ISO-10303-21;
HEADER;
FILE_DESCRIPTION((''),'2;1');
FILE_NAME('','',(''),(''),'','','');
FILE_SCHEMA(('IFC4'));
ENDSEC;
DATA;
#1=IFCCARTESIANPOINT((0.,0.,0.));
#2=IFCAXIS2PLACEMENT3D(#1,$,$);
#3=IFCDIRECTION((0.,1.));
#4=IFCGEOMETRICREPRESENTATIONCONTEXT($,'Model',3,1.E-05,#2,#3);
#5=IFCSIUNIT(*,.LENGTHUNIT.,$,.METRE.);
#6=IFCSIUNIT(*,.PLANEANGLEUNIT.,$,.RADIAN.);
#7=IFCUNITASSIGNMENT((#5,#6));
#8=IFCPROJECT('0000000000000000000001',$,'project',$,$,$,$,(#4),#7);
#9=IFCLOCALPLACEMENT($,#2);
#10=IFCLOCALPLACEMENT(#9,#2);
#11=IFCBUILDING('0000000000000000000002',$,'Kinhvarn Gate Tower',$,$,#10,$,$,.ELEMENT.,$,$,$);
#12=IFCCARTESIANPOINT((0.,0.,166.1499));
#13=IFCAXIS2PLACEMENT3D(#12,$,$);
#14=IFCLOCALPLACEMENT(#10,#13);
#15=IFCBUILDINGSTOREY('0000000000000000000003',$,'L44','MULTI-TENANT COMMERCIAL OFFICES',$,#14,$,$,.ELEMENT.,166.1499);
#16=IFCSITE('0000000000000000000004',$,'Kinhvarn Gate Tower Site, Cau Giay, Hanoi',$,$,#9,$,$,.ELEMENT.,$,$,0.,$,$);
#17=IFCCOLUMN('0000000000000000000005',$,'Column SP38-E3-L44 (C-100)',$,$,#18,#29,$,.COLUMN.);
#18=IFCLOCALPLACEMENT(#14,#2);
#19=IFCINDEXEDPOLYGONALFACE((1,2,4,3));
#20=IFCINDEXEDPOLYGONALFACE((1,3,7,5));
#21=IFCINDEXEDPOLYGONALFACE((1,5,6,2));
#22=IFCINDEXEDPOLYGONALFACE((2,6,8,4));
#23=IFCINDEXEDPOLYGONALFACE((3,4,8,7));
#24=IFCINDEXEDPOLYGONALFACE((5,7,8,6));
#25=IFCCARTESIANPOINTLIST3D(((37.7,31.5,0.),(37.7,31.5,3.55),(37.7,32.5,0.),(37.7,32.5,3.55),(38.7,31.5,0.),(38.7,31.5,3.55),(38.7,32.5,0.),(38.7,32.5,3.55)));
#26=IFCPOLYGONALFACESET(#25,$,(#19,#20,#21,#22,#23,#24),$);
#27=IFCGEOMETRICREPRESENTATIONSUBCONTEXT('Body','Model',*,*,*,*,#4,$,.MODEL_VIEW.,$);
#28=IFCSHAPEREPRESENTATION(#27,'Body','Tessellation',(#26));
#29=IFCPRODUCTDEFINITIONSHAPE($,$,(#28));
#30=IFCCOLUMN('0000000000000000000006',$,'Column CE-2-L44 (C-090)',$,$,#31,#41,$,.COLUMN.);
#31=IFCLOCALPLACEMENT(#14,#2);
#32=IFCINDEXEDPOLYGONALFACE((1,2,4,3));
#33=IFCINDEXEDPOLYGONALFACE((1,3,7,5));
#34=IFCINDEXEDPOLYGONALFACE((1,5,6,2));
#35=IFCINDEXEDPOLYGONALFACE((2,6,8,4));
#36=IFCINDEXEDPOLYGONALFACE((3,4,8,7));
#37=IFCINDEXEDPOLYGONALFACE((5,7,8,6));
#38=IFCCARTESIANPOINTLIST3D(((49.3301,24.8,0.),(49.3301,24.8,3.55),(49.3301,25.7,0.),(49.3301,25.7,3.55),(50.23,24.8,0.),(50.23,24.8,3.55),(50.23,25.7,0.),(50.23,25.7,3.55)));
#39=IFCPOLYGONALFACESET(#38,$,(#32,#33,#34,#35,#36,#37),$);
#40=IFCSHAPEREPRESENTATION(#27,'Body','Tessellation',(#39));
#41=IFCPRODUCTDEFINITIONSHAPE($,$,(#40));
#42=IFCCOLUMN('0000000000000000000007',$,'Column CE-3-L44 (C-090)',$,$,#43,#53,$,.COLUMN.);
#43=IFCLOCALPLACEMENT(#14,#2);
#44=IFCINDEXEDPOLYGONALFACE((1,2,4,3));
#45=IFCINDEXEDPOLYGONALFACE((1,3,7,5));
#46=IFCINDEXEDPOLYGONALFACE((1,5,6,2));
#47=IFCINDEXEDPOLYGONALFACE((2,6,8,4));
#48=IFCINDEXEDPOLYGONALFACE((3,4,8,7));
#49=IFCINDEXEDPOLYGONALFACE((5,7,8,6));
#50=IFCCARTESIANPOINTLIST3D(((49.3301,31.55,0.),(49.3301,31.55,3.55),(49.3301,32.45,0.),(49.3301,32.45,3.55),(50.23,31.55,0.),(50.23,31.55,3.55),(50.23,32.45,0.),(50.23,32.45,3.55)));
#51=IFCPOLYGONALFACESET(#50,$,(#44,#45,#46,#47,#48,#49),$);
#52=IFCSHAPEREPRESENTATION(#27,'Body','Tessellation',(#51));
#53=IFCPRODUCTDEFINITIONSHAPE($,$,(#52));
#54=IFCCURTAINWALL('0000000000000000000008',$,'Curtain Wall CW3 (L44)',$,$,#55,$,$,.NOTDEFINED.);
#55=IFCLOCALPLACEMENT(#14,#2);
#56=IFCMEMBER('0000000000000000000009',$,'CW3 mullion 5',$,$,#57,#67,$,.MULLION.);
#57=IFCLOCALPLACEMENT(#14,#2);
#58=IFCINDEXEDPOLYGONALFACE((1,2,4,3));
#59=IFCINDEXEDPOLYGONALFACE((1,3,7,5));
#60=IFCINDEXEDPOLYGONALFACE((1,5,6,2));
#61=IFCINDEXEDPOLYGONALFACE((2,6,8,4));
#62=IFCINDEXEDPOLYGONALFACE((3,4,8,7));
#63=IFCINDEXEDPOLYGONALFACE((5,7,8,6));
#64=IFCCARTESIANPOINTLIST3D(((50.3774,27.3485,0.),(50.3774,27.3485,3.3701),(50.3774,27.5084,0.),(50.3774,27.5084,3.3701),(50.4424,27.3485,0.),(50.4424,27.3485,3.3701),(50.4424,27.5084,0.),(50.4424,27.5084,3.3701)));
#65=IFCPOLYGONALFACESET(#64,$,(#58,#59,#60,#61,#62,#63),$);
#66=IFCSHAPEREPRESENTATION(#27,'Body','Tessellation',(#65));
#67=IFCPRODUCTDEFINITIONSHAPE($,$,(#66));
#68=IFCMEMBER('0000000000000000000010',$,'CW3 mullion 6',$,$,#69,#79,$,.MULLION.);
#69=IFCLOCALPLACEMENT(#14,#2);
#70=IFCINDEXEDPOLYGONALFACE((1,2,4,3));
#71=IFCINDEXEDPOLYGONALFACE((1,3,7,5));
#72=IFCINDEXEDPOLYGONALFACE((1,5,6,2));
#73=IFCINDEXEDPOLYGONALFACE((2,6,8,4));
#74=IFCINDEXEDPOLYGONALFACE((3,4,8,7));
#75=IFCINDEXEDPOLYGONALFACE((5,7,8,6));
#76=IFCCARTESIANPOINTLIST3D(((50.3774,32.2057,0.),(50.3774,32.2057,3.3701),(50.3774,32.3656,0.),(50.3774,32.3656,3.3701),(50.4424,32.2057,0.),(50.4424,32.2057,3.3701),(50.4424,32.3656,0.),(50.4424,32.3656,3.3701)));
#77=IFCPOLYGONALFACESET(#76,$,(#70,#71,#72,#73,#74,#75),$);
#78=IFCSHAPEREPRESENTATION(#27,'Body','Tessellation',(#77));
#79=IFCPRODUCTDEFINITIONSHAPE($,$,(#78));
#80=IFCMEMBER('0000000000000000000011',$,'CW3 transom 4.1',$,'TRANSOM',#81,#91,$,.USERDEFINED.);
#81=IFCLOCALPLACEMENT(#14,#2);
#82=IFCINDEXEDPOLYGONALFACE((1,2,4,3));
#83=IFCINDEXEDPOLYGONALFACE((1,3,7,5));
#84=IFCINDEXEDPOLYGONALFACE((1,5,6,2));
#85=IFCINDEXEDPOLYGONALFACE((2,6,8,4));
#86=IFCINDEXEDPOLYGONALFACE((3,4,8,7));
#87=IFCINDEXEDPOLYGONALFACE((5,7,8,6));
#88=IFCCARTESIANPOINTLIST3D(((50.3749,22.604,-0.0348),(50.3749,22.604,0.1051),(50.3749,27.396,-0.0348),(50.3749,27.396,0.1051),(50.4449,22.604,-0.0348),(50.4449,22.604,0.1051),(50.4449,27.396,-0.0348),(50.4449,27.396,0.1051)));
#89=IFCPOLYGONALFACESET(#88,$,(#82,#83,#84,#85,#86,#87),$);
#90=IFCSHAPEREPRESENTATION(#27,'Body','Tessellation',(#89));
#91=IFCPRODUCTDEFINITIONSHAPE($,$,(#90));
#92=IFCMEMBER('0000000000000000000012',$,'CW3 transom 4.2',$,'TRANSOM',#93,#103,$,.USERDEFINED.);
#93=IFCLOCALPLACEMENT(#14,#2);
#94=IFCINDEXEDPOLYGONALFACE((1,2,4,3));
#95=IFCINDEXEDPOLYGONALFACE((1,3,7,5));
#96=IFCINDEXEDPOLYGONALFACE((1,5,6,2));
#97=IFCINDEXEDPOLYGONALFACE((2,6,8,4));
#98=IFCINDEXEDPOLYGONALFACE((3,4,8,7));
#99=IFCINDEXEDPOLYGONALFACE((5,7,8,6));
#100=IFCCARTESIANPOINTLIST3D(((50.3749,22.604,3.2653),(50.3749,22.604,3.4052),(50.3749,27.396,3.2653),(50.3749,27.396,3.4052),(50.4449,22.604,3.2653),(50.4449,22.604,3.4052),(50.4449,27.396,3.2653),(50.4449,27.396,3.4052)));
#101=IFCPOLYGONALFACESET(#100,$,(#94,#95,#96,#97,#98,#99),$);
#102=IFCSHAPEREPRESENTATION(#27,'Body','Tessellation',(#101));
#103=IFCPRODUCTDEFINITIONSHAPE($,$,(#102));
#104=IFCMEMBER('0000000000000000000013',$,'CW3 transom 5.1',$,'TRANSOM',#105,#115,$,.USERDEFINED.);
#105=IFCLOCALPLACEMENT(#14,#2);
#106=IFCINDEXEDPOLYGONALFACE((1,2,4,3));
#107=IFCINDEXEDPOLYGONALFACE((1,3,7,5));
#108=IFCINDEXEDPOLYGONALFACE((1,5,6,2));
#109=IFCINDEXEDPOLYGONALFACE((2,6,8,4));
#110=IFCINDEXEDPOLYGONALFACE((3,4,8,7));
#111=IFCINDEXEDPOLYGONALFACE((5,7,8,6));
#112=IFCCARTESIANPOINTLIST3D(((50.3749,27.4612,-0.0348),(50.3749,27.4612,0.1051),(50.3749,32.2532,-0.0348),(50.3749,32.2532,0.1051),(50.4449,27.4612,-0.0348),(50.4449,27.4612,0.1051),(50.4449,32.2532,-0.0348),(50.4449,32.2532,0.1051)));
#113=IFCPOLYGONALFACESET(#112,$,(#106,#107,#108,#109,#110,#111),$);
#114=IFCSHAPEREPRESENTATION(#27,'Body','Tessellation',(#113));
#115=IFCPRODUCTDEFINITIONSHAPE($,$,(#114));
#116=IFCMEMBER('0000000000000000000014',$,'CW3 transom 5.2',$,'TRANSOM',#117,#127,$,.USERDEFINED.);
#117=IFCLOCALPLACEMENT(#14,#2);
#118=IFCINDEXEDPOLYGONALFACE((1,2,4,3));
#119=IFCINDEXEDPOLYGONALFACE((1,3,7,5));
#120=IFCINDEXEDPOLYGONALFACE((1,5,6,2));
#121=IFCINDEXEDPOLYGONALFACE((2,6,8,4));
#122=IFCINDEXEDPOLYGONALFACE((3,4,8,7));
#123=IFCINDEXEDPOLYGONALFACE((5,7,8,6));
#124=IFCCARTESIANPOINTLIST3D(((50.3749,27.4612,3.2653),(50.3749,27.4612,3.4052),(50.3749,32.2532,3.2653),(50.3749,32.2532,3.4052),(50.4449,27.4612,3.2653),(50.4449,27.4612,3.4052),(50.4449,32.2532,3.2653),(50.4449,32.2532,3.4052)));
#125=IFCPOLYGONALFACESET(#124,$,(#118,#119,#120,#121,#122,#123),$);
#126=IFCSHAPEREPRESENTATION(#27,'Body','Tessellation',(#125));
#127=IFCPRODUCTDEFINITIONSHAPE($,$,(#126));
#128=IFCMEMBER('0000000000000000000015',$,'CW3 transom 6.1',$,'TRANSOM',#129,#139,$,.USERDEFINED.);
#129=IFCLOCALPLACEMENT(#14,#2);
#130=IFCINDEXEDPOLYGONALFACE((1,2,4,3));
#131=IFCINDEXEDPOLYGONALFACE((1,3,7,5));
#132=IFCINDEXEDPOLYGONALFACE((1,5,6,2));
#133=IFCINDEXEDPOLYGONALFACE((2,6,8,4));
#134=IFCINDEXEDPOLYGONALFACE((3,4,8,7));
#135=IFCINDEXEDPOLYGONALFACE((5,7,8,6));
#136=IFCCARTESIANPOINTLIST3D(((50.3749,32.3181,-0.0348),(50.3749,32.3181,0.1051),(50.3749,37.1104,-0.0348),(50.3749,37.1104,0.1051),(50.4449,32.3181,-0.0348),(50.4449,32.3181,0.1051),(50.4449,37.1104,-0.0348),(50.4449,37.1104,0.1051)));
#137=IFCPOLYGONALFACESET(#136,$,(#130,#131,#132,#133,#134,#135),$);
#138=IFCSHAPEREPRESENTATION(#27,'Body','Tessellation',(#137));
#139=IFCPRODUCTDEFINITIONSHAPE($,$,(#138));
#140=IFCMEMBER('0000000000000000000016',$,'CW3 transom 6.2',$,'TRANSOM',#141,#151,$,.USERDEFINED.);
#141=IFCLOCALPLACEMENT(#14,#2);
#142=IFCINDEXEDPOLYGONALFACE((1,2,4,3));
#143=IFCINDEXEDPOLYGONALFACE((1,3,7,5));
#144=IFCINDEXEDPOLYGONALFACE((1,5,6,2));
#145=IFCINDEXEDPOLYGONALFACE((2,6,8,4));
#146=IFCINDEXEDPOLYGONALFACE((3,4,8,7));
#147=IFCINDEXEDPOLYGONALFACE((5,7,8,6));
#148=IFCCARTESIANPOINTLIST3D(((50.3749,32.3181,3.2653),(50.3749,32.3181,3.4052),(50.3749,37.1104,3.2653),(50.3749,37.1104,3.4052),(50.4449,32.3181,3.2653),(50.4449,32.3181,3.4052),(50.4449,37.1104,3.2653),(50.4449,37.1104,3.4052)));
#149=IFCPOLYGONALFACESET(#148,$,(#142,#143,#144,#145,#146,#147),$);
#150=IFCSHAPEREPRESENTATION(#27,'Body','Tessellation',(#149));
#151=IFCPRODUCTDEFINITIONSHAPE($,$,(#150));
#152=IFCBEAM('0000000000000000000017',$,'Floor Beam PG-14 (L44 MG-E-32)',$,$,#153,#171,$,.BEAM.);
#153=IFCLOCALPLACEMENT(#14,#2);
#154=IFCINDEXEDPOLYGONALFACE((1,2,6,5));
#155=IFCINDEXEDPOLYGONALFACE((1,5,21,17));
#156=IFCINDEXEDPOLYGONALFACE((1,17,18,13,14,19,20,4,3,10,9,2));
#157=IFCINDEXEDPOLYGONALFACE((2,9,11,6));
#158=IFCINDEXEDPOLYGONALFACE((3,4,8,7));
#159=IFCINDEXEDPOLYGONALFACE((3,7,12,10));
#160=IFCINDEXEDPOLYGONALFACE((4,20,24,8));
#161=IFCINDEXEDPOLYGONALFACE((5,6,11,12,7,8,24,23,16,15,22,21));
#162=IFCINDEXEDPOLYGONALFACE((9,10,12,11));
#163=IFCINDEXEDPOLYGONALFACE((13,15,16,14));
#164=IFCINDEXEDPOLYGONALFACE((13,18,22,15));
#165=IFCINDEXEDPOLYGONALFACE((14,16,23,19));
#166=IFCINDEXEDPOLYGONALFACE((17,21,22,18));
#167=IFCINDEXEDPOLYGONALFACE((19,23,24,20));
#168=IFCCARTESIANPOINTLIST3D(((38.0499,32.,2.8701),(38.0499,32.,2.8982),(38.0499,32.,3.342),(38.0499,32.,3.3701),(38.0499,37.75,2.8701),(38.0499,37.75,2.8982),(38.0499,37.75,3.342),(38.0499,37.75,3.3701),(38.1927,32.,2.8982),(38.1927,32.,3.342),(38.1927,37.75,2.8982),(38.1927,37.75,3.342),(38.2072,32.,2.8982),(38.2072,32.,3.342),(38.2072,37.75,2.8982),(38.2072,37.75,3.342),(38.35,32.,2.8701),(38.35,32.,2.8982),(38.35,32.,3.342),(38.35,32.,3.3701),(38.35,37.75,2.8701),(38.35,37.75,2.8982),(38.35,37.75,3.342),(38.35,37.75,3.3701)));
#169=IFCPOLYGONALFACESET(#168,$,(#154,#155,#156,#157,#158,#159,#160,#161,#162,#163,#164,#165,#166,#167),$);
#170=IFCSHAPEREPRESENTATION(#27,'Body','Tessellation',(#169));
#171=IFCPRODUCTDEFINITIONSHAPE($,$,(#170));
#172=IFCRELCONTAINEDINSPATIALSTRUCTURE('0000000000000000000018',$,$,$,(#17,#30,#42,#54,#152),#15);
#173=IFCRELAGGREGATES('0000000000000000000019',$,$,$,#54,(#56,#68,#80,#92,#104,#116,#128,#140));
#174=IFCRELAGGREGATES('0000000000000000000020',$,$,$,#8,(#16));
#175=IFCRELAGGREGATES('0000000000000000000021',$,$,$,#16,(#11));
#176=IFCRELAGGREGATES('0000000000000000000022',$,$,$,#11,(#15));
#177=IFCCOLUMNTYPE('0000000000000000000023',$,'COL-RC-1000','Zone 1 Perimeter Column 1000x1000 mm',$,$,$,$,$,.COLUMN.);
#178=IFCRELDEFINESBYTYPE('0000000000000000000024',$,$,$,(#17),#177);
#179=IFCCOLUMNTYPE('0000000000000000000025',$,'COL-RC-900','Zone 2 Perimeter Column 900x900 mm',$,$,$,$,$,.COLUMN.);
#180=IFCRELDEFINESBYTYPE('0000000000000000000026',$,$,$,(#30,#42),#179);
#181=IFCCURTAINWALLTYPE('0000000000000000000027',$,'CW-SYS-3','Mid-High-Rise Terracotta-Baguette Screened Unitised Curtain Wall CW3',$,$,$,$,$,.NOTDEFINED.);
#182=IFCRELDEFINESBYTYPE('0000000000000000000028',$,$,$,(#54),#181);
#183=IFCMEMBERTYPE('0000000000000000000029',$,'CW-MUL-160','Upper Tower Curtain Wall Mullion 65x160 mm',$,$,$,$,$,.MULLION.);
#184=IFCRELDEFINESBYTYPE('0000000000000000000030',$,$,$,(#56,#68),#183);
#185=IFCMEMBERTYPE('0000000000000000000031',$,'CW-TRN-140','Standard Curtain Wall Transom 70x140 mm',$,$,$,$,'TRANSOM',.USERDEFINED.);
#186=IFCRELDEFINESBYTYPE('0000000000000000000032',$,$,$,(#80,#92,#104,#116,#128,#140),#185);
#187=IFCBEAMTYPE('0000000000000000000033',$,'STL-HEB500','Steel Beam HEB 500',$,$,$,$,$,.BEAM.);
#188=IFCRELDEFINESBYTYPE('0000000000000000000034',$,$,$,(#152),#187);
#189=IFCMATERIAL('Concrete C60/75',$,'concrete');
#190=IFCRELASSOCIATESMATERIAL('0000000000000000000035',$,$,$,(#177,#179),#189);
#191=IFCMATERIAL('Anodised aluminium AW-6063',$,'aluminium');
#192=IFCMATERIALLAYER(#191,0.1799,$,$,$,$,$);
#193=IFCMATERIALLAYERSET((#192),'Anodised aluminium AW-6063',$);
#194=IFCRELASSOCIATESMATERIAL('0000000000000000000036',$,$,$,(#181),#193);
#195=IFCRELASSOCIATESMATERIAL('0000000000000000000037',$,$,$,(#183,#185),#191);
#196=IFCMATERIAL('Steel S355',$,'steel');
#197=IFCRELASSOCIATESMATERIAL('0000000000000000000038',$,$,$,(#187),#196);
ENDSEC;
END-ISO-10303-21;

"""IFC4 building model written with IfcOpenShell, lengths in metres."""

from ifc_helpers import new_model, si_unit, direction, frame, origin, origin_2d, place, context, subcontext, project, spatial, rectangle, i_section, extrude, material, layer, layer_set, material_profile, profile_set, type_object, element, aggregate, save


model = new_model("IFC4")

# Units and contexts
model_context = context("Model", 3, precision=1e-05, world=origin(), true_north=direction((0.0, 1.0)))
body_context = subcontext(model_context, "Body", "Model", "MODEL_VIEW")
ifc_project = project(units=[si_unit("LENGTHUNIT", "METRE"), si_unit("PLANEANGLEUNIT", "RADIAN")], contexts=[model_context])

# Site, building, storey
site_placement = place(None, origin())
site = spatial("IfcSite", under=ifc_project, at=site_placement, Name="Kinhvarn Gate Tower Site, Cau Giay, Hanoi", CompositionType="ELEMENT", RefElevation=0.0)
building_placement = place(site_placement, origin())
building = spatial("IfcBuilding", under=site, at=building_placement, Name="Kinhvarn Gate Tower", CompositionType="ELEMENT")
storey_placement = place(building_placement, frame((0.0, 0.0, 166.1499)))
storey = spatial("IfcBuildingStorey", under=building, at=storey_placement, Name="L44", Description="MULTI-TENANT COMMERCIAL OFFICES", CompositionType="ELEMENT", Elevation=166.1499)

# Columns
ifc_material_1 = material(Name="Concrete C60/75", Category="concrete")
ifc_material_profile_1 = material_profile(ifc_material_1, rectangle(XDim=1.0, YDim=1.0, at=origin_2d()), Name="RC 1000x1000")
ifc_profile_set_1 = profile_set([ifc_material_profile_1], Name="Concrete C60/75")
column_type_1 = type_object("IfcColumnType", Name="COL-RC-1000", Description="Zone 1 Perimeter Column 1000x1000 mm", PredefinedType="COLUMN", material=ifc_profile_set_1)
column_placement = place(storey_placement, frame((38.2, 32.0, 0.0), z_axis=(0.0, 0.0, 1.0), x_axis=(1.0, 0.0, 0.0)))
element("IfcColumn", 1, at=column_placement, inside=storey, type_object=column_type_1, Name="Column SP38-E3-L44 (C-100)", PredefinedType="COLUMN", context=body_context, shape_type="SweptSolid", body=[
    extrude(rectangle(XDim=1.0, YDim=1.0, at=origin_2d()), origin(), (0.0, 0.0, 1.0), 3.55),
])
ifc_material_profile_2 = material_profile(ifc_material_1, rectangle(XDim=0.8999, YDim=0.8999, at=origin_2d()), Name="RC 900x900")
ifc_profile_set_2 = profile_set([ifc_material_profile_2], Name="Concrete C60/75")
column_type_2 = type_object("IfcColumnType", Name="COL-RC-900", Description="Zone 2 Perimeter Column 900x900 mm", PredefinedType="COLUMN", material=ifc_profile_set_2)
for number, where, z_axis, x_axis, name in (
    (2, (49.78, 25.25, 0.0), (0.0, 0.0, 1.0), (1.0, 0.0, 0.0), "Column CE-2-L44 (C-090)"),
    (3, (49.78, 32.0, 0.0), (0.0, 0.0, 1.0), (1.0, 0.0, 0.0), "Column CE-3-L44 (C-090)"),
):
    element("IfcColumn", number, at=place(storey_placement, frame(where, z_axis=z_axis, x_axis=x_axis)), inside=storey, type_object=column_type_2, Name=name, PredefinedType="COLUMN", context=body_context, shape_type="SweptSolid", body=[
        extrude(rectangle(XDim=0.8999, YDim=0.8999, at=origin_2d()), origin(), (0.0, 0.0, 1.0), 3.55),
    ])

# Curtain wall, members
ifc_material_2 = material(Name="Anodised aluminium AW-6063", Category="aluminium")
ifc_layer_1 = layer(ifc_material_2, 0.1799)
ifc_layer_set_1 = layer_set([ifc_layer_1], Name="Anodised aluminium AW-6063")
curtain_wall_type = type_object("IfcCurtainWallType", Name="CW-SYS-3", Description="Mid-High-Rise Terracotta-Baguette Screened Unitised Curtain Wall CW3", PredefinedType="NOTDEFINED", material=ifc_layer_set_1)
curtain_wall_placement = place(storey_placement, origin())
curtain_wall = element("IfcCurtainWall", 4, at=curtain_wall_placement, inside=storey, type_object=curtain_wall_type, Name="Curtain Wall CW3 (L44)", PredefinedType="NOTDEFINED")
ifc_material_profile_3 = material_profile(ifc_material_2, rectangle(XDim=0.0649, YDim=0.1599, at=origin_2d()), Name="ALU 65x160")
ifc_profile_set_3 = profile_set([ifc_material_profile_3], Name="Anodised aluminium AW-6063")
member_type_1 = type_object("IfcMemberType", Name="CW-MUL-160", Description="Upper Tower Curtain Wall Mullion 65x160 mm", PredefinedType="MULLION", material=ifc_profile_set_3)
member_1_placement = place(storey_placement, frame((50.4099, 27.4285, 0.0), z_axis=(0.0, 0.0, 1.0), x_axis=(-1.0, 0.0, 0.0)))
member_1 = element("IfcMember", 5, at=member_1_placement, type_object=member_type_1, Name="CW3 mullion 5", PredefinedType="MULLION", context=body_context, shape_type="SweptSolid", body=[
    extrude(rectangle(XDim=0.0649, YDim=0.1599, at=origin_2d()), origin(), (0.0, 0.0, 1.0), 3.3701),
])
member_2_placement = place(storey_placement, frame((50.4099, 32.2856, 0.0), z_axis=(0.0, 0.0, 1.0), x_axis=(-1.0, 0.0, 0.0)))
member_2 = element("IfcMember", 6, at=member_2_placement, type_object=member_type_1, Name="CW3 mullion 6", PredefinedType="MULLION", context=body_context, shape_type="SweptSolid", body=[
    extrude(rectangle(XDim=0.0649, YDim=0.1599, at=origin_2d()), origin(), (0.0, 0.0, 1.0), 3.3701),
])
ifc_material_profile_4 = material_profile(ifc_material_2, rectangle(XDim=0.0701, YDim=0.1399, at=origin_2d()), Name="ALU 70x140")
ifc_profile_set_4 = profile_set([ifc_material_profile_4], Name="Anodised aluminium AW-6063")
member_type_2 = type_object("IfcMemberType", Name="CW-TRN-140", Description="Standard Curtain Wall Transom 70x140 mm", ElementType="TRANSOM", PredefinedType="USERDEFINED", material=ifc_profile_set_4)
member_3_placement = place(storey_placement, frame((50.4099, 22.604, 0.0352), z_axis=(0.0, 1.0, 0.0), x_axis=(-1.0, 0.0, 0.0)))
member_3 = element("IfcMember", 7, at=member_3_placement, type_object=member_type_2, Name="CW3 transom 4.1", ObjectType="TRANSOM", PredefinedType="USERDEFINED", context=body_context, shape_type="SweptSolid", body=[
    extrude(rectangle(XDim=0.0701, YDim=0.1399, at=origin_2d()), origin(), (0.0, 0.0, 1.0), 4.792),
])
member_4_placement = place(storey_placement, frame((50.4099, 22.604, 3.3352), z_axis=(0.0, 1.0, 0.0), x_axis=(-1.0, 0.0, 0.0)))
member_4 = element("IfcMember", 8, at=member_4_placement, type_object=member_type_2, Name="CW3 transom 4.2", ObjectType="TRANSOM", PredefinedType="USERDEFINED", context=body_context, shape_type="SweptSolid", body=[
    extrude(rectangle(XDim=0.0701, YDim=0.1399, at=origin_2d()), origin(), (0.0, 0.0, 1.0), 4.792),
])
member_5_placement = place(storey_placement, frame((50.4099, 27.4612, 0.0352), z_axis=(0.0, 1.0, 0.0), x_axis=(-1.0, 0.0, 0.0)))
member_5 = element("IfcMember", 9, at=member_5_placement, type_object=member_type_2, Name="CW3 transom 5.1", ObjectType="TRANSOM", PredefinedType="USERDEFINED", context=body_context, shape_type="SweptSolid", body=[
    extrude(rectangle(XDim=0.0701, YDim=0.1399, at=origin_2d()), origin(), (0.0, 0.0, 1.0), 4.792),
])
member_6_placement = place(storey_placement, frame((50.4099, 27.4612, 3.3352), z_axis=(0.0, 1.0, 0.0), x_axis=(-1.0, 0.0, 0.0)))
member_6 = element("IfcMember", 10, at=member_6_placement, type_object=member_type_2, Name="CW3 transom 5.2", ObjectType="TRANSOM", PredefinedType="USERDEFINED", context=body_context, shape_type="SweptSolid", body=[
    extrude(rectangle(XDim=0.0701, YDim=0.1399, at=origin_2d()), origin(), (0.0, 0.0, 1.0), 4.792),
])
member_7_placement = place(storey_placement, frame((50.4099, 32.3181, 0.0352), z_axis=(0.0, 1.0, 0.0), x_axis=(-1.0, 0.0, 0.0)))
member_7 = element("IfcMember", 11, at=member_7_placement, type_object=member_type_2, Name="CW3 transom 6.1", ObjectType="TRANSOM", PredefinedType="USERDEFINED", context=body_context, shape_type="SweptSolid", body=[
    extrude(rectangle(XDim=0.0701, YDim=0.1399, at=origin_2d()), origin(), (0.0, 0.0, 1.0), 4.7922),
])
member_8_placement = place(storey_placement, frame((50.4099, 32.3181, 3.3352), z_axis=(0.0, 1.0, 0.0), x_axis=(-1.0, 0.0, 0.0)))
member_8 = element("IfcMember", 12, at=member_8_placement, type_object=member_type_2, Name="CW3 transom 6.2", ObjectType="TRANSOM", PredefinedType="USERDEFINED", context=body_context, shape_type="SweptSolid", body=[
    extrude(rectangle(XDim=0.0701, YDim=0.1399, at=origin_2d()), origin(), (0.0, 0.0, 1.0), 4.7922),
])

# Beam
ifc_material_3 = material(Name="Steel S355", Category="steel")
ifc_material_profile_5 = material_profile(ifc_material_3, i_section(OverallWidth=0.3, OverallDepth=0.5, WebThickness=0.0144, FlangeThickness=0.0281, at=origin_2d()), Name="HEB 500")
ifc_profile_set_5 = profile_set([ifc_material_profile_5], Name="Steel S355")
beam_type_1 = type_object("IfcBeamType", Name="STL-HEB500", Description="Steel Beam HEB 500", PredefinedType="BEAM", material=ifc_profile_set_5)
beam_1_placement = place(storey_placement, frame((38.2, 32.0, 3.1201), z_axis=(0.0, 1.0, 0.0), x_axis=(-1.0, 0.0, 0.0)))
element("IfcBeam", 13, at=beam_1_placement, inside=storey, type_object=beam_type_1, Name="Floor Beam PG-14 (L44 MG-E-32)", PredefinedType="BEAM", context=body_context, shape_type="SweptSolid", body=[
    extrude(i_section(OverallWidth=0.3, OverallDepth=0.5, WebThickness=0.0144, FlangeThickness=0.0281, at=origin_2d()), origin(), (0.0, 0.0, 1.0), 5.75),
])

aggregate(curtain_wall, [member_1, member_2, member_3, member_4, member_5, member_6, member_7, member_8])

save(model, "model.ifc")
